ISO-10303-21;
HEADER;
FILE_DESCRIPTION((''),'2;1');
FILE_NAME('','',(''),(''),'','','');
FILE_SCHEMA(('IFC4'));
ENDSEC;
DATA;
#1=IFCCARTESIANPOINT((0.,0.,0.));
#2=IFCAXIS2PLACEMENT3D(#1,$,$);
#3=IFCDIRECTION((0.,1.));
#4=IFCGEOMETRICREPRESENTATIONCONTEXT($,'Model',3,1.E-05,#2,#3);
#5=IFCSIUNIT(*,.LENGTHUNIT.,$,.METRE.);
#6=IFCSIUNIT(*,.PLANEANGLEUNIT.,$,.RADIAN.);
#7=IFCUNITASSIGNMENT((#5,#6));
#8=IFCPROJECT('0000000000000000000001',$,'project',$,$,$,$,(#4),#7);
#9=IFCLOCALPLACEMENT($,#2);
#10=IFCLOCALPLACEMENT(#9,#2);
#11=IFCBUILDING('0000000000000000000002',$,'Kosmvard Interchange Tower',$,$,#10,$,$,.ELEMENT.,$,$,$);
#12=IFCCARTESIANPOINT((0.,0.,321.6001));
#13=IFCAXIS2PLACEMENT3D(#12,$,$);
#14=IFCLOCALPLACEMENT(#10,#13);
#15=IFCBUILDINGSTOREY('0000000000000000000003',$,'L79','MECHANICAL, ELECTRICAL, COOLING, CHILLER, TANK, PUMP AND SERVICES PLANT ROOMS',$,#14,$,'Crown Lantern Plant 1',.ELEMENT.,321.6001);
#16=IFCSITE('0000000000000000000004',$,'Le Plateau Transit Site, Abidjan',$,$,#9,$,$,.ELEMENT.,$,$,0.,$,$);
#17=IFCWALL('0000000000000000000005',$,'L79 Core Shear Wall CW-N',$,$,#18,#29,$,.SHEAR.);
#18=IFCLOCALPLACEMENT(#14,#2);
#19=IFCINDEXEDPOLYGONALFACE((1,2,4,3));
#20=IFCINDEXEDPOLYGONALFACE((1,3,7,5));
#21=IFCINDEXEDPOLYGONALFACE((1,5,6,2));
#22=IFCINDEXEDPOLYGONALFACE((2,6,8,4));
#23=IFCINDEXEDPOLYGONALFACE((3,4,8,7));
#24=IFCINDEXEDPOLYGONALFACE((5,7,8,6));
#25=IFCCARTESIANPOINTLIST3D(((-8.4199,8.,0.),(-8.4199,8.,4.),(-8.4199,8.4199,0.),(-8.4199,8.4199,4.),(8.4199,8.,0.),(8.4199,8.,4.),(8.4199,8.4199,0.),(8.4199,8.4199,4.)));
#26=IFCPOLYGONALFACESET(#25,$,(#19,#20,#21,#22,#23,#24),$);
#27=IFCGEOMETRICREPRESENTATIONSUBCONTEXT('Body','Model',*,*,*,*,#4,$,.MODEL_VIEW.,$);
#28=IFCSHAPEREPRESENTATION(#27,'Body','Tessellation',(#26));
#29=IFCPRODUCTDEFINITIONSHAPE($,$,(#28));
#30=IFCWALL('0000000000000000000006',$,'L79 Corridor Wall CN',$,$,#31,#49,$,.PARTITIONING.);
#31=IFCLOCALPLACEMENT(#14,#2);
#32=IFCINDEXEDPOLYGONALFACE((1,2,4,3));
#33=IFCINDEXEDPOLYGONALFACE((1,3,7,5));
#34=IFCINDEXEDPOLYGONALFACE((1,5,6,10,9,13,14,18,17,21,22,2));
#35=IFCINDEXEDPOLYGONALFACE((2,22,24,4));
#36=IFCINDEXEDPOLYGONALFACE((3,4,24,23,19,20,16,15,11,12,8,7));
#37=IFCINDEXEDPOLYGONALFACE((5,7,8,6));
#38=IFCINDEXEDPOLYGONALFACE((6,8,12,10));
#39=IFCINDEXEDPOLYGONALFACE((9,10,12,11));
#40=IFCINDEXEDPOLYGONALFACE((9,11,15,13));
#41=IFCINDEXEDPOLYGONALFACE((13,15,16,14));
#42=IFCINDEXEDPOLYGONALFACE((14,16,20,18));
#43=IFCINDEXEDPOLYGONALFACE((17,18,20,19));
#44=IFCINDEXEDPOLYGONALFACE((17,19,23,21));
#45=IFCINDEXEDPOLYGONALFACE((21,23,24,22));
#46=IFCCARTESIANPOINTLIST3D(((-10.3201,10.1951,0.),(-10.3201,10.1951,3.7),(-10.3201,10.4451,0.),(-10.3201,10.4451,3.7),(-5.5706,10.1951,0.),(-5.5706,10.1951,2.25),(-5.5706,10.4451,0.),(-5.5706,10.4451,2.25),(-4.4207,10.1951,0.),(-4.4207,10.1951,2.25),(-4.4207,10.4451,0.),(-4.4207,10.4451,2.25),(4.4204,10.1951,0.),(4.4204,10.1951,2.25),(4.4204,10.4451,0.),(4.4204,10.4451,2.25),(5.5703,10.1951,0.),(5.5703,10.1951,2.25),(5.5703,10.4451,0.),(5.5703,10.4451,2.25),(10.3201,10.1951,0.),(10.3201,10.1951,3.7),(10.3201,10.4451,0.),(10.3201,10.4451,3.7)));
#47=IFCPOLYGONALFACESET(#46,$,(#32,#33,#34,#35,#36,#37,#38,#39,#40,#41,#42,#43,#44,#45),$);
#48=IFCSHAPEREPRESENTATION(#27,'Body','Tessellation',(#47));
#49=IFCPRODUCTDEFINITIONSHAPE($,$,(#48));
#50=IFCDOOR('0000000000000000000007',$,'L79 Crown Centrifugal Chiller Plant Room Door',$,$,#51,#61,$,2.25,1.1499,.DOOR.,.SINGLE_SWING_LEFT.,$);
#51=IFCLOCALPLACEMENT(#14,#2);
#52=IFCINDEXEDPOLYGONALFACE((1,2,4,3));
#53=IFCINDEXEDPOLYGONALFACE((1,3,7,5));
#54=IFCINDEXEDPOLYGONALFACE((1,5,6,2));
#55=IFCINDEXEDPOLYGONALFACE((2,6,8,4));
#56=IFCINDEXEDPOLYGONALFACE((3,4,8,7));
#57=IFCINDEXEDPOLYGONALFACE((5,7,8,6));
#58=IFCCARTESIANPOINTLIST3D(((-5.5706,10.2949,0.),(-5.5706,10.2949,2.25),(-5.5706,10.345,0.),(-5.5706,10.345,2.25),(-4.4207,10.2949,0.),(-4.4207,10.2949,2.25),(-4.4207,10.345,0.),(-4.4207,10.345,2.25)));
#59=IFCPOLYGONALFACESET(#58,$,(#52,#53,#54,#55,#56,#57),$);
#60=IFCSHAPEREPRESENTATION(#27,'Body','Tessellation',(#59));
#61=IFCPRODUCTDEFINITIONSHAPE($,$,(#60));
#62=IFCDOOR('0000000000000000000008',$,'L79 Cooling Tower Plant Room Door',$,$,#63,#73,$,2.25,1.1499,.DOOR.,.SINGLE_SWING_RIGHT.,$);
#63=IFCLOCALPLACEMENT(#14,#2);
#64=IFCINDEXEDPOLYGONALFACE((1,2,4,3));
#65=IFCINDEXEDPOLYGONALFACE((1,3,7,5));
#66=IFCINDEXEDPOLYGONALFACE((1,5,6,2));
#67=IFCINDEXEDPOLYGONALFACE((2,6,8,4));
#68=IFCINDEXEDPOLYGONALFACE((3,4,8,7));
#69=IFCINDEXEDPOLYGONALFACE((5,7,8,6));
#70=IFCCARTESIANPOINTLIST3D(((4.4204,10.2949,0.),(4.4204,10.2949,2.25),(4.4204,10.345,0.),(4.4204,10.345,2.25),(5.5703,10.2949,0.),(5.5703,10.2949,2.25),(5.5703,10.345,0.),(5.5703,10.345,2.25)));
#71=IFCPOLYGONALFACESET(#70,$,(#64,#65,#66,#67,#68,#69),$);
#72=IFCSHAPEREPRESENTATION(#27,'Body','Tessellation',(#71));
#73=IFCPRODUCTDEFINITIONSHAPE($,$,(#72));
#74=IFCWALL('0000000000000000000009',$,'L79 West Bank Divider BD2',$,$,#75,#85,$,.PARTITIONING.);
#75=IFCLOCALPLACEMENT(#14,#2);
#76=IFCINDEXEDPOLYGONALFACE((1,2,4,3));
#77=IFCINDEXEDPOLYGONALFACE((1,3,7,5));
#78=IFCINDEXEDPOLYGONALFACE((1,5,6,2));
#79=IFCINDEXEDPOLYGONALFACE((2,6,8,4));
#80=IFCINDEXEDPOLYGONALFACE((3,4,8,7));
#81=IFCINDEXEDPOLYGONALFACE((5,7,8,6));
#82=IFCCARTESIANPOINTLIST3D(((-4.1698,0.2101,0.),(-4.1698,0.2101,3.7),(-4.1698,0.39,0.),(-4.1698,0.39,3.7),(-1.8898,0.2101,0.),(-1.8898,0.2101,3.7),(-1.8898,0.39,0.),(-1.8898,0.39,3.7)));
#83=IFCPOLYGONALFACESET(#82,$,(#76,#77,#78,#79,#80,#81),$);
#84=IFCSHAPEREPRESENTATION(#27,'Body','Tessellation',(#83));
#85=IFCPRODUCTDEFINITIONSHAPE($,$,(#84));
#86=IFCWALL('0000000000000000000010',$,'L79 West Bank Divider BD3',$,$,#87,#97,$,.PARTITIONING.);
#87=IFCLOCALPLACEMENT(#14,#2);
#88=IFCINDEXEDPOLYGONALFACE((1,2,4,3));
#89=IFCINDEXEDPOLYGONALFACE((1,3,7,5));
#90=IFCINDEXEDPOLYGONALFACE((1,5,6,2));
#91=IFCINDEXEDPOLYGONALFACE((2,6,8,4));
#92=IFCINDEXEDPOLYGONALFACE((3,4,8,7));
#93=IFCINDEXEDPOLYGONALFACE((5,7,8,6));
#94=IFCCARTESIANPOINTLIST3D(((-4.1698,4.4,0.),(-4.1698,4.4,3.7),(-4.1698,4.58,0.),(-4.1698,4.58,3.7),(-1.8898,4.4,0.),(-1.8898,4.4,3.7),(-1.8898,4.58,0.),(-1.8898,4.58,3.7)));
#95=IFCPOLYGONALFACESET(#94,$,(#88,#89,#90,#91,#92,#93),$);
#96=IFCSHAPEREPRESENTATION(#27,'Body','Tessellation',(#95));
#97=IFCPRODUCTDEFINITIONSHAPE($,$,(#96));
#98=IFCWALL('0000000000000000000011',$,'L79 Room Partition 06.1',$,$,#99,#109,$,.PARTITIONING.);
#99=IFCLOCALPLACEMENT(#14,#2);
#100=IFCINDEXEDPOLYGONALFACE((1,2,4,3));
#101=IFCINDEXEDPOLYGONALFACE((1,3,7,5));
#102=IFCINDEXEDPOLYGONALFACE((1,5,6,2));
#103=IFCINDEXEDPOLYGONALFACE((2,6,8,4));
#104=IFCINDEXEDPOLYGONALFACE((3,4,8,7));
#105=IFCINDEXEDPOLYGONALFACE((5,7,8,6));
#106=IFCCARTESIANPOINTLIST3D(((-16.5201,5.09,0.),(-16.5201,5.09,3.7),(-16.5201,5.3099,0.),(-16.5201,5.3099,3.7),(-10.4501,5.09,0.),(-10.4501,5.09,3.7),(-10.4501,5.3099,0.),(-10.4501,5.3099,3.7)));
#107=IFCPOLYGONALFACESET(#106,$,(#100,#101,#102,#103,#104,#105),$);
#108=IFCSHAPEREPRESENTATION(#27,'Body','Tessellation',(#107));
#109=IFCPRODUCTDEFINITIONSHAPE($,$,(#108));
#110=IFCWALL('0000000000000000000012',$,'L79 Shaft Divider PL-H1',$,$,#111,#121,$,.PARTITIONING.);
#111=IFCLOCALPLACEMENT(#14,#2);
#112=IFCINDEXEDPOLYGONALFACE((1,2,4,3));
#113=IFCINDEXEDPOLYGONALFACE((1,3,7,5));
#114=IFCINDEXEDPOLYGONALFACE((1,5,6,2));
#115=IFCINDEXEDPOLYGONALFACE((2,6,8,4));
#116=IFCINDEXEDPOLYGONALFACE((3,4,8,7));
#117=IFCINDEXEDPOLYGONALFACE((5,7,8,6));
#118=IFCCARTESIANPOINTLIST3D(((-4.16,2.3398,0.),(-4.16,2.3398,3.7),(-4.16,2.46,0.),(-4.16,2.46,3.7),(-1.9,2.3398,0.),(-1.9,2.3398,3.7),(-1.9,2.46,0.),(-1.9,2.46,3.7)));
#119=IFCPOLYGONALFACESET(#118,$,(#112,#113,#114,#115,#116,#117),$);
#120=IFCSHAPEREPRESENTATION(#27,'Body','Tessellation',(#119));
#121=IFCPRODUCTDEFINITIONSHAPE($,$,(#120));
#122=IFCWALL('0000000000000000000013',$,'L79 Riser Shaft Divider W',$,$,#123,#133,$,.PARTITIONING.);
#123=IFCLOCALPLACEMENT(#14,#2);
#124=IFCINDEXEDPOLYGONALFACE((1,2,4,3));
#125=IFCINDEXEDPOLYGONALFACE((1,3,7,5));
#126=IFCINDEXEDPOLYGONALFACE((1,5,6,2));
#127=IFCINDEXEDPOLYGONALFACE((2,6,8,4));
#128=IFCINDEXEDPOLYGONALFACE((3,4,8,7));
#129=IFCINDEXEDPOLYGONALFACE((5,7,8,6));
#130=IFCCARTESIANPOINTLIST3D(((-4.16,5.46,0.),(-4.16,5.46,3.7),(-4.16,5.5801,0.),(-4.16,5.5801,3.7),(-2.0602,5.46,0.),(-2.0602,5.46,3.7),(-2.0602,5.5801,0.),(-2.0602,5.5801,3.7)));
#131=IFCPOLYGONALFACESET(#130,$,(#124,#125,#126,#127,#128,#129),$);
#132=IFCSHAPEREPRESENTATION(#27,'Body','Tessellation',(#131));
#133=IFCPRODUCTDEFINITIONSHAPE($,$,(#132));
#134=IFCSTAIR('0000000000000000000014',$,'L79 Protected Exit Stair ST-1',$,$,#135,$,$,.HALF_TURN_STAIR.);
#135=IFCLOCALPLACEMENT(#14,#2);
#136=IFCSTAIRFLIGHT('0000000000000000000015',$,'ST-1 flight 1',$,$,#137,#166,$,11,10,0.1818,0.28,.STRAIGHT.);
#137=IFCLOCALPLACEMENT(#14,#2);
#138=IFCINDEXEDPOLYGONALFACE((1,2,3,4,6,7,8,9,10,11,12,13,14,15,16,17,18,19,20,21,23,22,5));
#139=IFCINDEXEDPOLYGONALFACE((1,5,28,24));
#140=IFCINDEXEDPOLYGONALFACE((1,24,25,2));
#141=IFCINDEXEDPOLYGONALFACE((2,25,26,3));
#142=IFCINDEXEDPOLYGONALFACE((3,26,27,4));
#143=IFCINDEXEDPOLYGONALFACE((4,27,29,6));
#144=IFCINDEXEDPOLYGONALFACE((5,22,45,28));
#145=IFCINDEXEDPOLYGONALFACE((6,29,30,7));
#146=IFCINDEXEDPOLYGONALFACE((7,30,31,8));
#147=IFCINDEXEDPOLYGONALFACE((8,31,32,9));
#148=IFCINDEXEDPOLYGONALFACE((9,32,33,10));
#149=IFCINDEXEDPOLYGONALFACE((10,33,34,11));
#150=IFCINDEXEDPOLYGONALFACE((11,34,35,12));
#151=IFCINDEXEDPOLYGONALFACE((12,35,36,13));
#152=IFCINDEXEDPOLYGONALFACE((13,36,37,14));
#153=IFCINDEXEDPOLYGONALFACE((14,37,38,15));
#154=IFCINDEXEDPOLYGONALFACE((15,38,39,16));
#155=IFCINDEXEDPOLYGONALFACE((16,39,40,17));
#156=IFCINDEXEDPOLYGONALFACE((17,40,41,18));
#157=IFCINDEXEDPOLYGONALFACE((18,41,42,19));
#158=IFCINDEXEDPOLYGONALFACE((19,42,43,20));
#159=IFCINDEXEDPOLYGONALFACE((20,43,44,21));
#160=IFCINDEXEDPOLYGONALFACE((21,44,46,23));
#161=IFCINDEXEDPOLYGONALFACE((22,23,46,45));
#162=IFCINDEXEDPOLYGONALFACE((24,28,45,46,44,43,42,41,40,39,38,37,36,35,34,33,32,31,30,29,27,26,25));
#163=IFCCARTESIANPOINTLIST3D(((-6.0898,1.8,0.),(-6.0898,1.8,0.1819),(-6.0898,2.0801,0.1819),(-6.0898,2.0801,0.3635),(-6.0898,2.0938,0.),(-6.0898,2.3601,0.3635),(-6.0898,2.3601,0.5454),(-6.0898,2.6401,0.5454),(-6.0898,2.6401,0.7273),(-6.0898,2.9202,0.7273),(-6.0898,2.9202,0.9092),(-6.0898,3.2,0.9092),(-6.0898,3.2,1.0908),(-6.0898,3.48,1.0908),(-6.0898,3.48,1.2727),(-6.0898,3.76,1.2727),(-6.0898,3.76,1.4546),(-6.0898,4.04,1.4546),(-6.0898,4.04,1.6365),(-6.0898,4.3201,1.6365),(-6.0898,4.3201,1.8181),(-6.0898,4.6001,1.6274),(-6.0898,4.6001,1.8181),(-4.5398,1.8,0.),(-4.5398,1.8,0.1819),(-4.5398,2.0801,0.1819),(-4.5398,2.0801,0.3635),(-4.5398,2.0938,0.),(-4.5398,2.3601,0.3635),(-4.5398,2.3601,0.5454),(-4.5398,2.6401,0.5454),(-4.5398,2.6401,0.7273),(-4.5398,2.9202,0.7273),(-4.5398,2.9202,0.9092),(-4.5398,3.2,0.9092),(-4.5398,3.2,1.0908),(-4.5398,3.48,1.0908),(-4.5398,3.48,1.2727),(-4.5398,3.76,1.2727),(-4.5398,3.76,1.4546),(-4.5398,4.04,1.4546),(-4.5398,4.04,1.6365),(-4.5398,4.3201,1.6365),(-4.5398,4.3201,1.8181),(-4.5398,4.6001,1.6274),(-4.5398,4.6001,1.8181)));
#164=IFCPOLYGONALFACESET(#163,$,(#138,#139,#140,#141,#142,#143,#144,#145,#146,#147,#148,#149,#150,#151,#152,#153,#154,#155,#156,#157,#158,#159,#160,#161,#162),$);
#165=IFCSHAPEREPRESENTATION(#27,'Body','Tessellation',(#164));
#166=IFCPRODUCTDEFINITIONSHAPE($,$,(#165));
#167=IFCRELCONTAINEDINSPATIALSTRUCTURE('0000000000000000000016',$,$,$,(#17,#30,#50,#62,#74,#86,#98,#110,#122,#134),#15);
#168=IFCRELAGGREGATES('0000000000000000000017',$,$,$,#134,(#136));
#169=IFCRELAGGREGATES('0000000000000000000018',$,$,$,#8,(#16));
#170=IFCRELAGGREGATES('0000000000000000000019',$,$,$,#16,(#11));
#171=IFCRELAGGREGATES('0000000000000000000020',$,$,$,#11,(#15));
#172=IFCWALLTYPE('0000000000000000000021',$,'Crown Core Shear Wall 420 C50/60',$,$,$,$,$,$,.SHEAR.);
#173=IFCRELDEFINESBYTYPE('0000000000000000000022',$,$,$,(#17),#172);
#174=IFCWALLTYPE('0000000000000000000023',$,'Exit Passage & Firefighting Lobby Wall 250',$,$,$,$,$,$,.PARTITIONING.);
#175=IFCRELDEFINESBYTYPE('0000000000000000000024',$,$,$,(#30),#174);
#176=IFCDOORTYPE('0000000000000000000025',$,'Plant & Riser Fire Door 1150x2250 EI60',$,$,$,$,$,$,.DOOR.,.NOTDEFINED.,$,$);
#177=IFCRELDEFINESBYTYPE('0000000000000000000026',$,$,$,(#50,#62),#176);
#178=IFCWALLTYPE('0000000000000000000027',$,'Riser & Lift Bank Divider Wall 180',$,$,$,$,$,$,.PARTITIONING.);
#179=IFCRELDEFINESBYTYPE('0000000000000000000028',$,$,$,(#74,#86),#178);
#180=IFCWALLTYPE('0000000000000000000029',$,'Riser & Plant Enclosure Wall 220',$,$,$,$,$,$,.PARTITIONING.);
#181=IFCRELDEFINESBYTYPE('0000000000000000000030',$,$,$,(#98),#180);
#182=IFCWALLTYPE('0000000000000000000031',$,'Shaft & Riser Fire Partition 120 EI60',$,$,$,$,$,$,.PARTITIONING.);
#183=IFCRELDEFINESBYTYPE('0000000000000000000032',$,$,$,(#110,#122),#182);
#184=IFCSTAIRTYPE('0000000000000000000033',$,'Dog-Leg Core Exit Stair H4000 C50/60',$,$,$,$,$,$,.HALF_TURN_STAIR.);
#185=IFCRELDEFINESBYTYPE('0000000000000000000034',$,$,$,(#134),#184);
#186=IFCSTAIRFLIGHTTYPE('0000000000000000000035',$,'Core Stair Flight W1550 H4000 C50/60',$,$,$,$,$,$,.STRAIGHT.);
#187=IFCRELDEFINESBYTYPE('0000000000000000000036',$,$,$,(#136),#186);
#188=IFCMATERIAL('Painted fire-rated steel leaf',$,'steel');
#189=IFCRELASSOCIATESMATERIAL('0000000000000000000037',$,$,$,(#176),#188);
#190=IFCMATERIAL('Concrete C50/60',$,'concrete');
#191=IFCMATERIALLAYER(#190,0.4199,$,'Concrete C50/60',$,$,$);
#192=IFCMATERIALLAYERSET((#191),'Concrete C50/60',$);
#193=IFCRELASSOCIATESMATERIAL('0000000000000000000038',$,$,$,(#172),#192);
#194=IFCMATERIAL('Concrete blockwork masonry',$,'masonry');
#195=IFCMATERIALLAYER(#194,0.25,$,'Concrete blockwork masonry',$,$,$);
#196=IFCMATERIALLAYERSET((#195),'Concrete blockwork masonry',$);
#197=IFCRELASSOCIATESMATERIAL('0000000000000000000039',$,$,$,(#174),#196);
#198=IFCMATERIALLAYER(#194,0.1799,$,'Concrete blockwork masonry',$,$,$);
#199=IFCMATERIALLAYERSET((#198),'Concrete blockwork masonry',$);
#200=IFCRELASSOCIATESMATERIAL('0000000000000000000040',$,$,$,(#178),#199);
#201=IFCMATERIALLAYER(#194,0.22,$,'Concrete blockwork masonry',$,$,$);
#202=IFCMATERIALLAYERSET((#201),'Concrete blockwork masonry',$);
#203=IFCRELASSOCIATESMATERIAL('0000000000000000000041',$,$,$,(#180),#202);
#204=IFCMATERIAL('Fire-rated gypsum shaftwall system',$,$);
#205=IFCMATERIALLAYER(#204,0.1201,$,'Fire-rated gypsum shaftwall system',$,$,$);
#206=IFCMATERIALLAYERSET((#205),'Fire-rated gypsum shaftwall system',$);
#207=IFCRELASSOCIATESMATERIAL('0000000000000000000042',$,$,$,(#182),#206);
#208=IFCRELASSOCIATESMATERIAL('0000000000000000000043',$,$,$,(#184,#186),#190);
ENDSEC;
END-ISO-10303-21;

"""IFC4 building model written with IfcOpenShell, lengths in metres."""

from ifc_helpers import new_model, si_unit, direction, frame, frame_2d, origin, place, context, subcontext, project, spatial, polyline, rectangle, outline, extrude, source, transform, mapped, material, layer, layer_set, type_object, element, fill, aggregate, save


model = new_model("IFC4")

# Units and contexts
model_context = context("Model", 3, precision=1e-05, world=origin(), true_north=direction((0.0, 1.0)))
body_context = subcontext(model_context, "Body", "Model", "MODEL_VIEW")
ifc_project = project(units=[si_unit("LENGTHUNIT", "METRE"), si_unit("PLANEANGLEUNIT", "RADIAN")], contexts=[model_context])

# Site, building, storey
site_placement = place(None, origin())
site = spatial("IfcSite", under=ifc_project, at=site_placement, Name="Le Plateau Transit Site, Abidjan", CompositionType="ELEMENT", RefElevation=0.0)
building_placement = place(site_placement, origin())
building = spatial("IfcBuilding", under=site, at=building_placement, Name="Kosmvard Interchange Tower", CompositionType="ELEMENT")
storey_placement = place(building_placement, frame((0.0, 0.0, 321.6001)))
storey = spatial("IfcBuildingStorey", under=building, at=storey_placement, Name="L79", Description="MECHANICAL, ELECTRICAL, COOLING, CHILLER, TANK, PUMP AND SERVICES PLANT ROOMS", LongName="Crown Lantern Plant 1", CompositionType="ELEMENT", Elevation=321.6001)

# Shared definitions
ifc_material_1 = material(Name="Concrete C50/60", Category="concrete")

# Shared definitions
ifc_material_2 = material(Name="Painted fire-rated steel leaf", Category="steel")
door_type = type_object("IfcDoorType", Name="Plant & Riser Fire Door 1150x2250 EI60", OperationType="NOTDEFINED", PredefinedType="DOOR", material=ifc_material_2)
shared_shape_1 = source(origin(), body_context, "Body", "SweptSolid", [
    extrude(rectangle(XDim=1.1499, YDim=2.25, at=frame_2d((0.575, 1.125))), frame((0.0, 0.0249, 0.0), z_axis=(0.0, -1.0, 0.0), x_axis=(1.0, 0.0, 0.0)), (0.0, 0.0, 1.0), 0.05),
])

# Wall
ifc_layer_1 = layer(ifc_material_1, 0.4199, Name="Concrete C50/60")
ifc_layer_set_1 = layer_set([ifc_layer_1], Name="Concrete C50/60")
wall_type_1 = type_object("IfcWallType", Name="Crown Core Shear Wall 420 C50/60", PredefinedType="SHEAR", material=ifc_layer_set_1)
wall_1_placement = place(storey_placement, frame((-8.4199, 8.21, 0.0), z_axis=(0.0, 0.0, 1.0), x_axis=(1.0, 0.0, 0.0)))
element("IfcWall", 1, at=wall_1_placement, inside=storey, type_object=wall_type_1, Name="L79 Core Shear Wall CW-N", PredefinedType="SHEAR", context=body_context, shape_type="SweptSolid", body=[
    extrude(rectangle(XDim=16.8398, YDim=0.4199, at=frame_2d((8.4199, 0.0))), origin(), (0.0, 0.0, 1.0), 4.0),
])

# Wall, openings, doors
ifc_material_3 = material(Name="Concrete blockwork masonry", Category="masonry")
ifc_layer_2 = layer(ifc_material_3, 0.25, Name="Concrete blockwork masonry")
ifc_layer_set_2 = layer_set([ifc_layer_2], Name="Concrete blockwork masonry")
wall_type_2 = type_object("IfcWallType", Name="Exit Passage & Firefighting Lobby Wall 250", PredefinedType="PARTITIONING", material=ifc_layer_set_2)
wall_2_placement = place(storey_placement, frame((-10.3201, 10.3201, 0.0), z_axis=(0.0, 0.0, 1.0), x_axis=(1.0, 0.0, 0.0)))
wall_2 = element("IfcWall", 2, at=wall_2_placement, inside=storey, type_object=wall_type_2, Name="L79 Corridor Wall CN", PredefinedType="PARTITIONING", context=body_context, shape_type="SweptSolid", body=[
    extrude(rectangle(XDim=20.6401, YDim=0.25, at=frame_2d((10.3201, 0.0))), origin(), (0.0, 0.0, 1.0), 3.7),
])
opening_1_placement = place(wall_2_placement, frame((4.7495, 0.0, 0.0)))
opening_1 = element("IfcOpeningElement", 3, at=opening_1_placement, cuts=wall_2, PredefinedType="OPENING", context=body_context, shape_type="SweptSolid", body=[
    extrude(rectangle(XDim=1.1499, YDim=2.25, at=frame_2d((0.575, 1.125))), frame((0.0, 0.135, 0.0), z_axis=(0.0, -1.0, 0.0), x_axis=(1.0, 0.0, 0.0)), (0.0, 0.0, 1.0), 0.27),
])
opening_2_placement = place(wall_2_placement, frame((14.7405, 0.0, 0.0)))
opening_2 = element("IfcOpeningElement", 4, at=opening_2_placement, cuts=wall_2, PredefinedType="OPENING", context=body_context, shape_type="SweptSolid", body=[
    extrude(rectangle(XDim=1.1499, YDim=2.25, at=frame_2d((0.575, 1.125))), frame((0.0, 0.135, 0.0), z_axis=(0.0, -1.0, 0.0), x_axis=(1.0, 0.0, 0.0)), (0.0, 0.0, 1.0), 0.27),
])
door_1_placement = place(opening_1_placement, origin())
door_1 = element("IfcDoor", 5, at=door_1_placement, inside=storey, type_object=door_type, Name="L79 Crown Centrifugal Chiller Plant Room Door", OperationType="SINGLE_SWING_LEFT", OverallHeight=2.25, OverallWidth=1.1499, PredefinedType="DOOR", context=body_context, shape_type="MappedRepresentation", body=[
    mapped(shared_shape_1, transform((0.0, 0.0, 0.0), scale=1.0)),
])
fill(opening_1, door_1)
door_2_placement = place(opening_2_placement, origin())
door_2 = element("IfcDoor", 6, at=door_2_placement, inside=storey, type_object=door_type, Name="L79 Cooling Tower Plant Room Door", OperationType="SINGLE_SWING_RIGHT", OverallHeight=2.25, OverallWidth=1.1499, PredefinedType="DOOR", context=body_context, shape_type="MappedRepresentation", body=[
    mapped(shared_shape_1, transform((0.0, 0.0, 0.0), scale=1.0)),
])
fill(opening_2, door_2)

# Walls
ifc_layer_3 = layer(ifc_material_3, 0.1799, Name="Concrete blockwork masonry")
ifc_layer_set_3 = layer_set([ifc_layer_3], Name="Concrete blockwork masonry")
wall_type_3 = type_object("IfcWallType", Name="Riser & Lift Bank Divider Wall 180", PredefinedType="PARTITIONING", material=ifc_layer_set_3)
for number, where, z_axis, x_axis, name in (
    (7, (-4.1699, 0.3, 0.0), (0.0, 0.0, 1.0), (1.0, 0.0, 0.0), "L79 West Bank Divider BD2"),
    (8, (-4.1699, 4.49, 0.0), (0.0, 0.0, 1.0), (1.0, 0.0, 0.0), "L79 West Bank Divider BD3"),
):
    element("IfcWall", number, at=place(storey_placement, frame(where, z_axis=z_axis, x_axis=x_axis)), inside=storey, type_object=wall_type_3, Name=name, PredefinedType="PARTITIONING", context=body_context, shape_type="SweptSolid", body=[
        extrude(rectangle(XDim=2.28, YDim=0.1799, at=frame_2d((1.1401, 0.0))), origin(), (0.0, 0.0, 1.0), 3.7),
    ])
ifc_layer_4 = layer(ifc_material_3, 0.22, Name="Concrete blockwork masonry")
ifc_layer_set_4 = layer_set([ifc_layer_4], Name="Concrete blockwork masonry")
wall_type_4 = type_object("IfcWallType", Name="Riser & Plant Enclosure Wall 220", PredefinedType="PARTITIONING", material=ifc_layer_set_4)
wall_3_placement = place(storey_placement, frame((-10.45, 5.2, 0.0), z_axis=(0.0, 0.0, 1.0), x_axis=(-1.0, 0.0, 0.0)))
element("IfcWall", 9, at=wall_3_placement, inside=storey, type_object=wall_type_4, Name="L79 Room Partition 06.1", PredefinedType="PARTITIONING", context=body_context, shape_type="SweptSolid", body=[
    extrude(rectangle(XDim=6.0701, YDim=0.22, at=frame_2d((3.0352, 0.0))), origin(), (0.0, 0.0, 1.0), 3.7),
])
ifc_material_4 = material(Name="Fire-rated gypsum shaftwall system")
ifc_layer_5 = layer(ifc_material_4, 0.1201, Name="Fire-rated gypsum shaftwall system")
ifc_layer_set_5 = layer_set([ifc_layer_5], Name="Fire-rated gypsum shaftwall system")
wall_type_5 = type_object("IfcWallType", Name="Shaft & Riser Fire Partition 120 EI60", PredefinedType="PARTITIONING", material=ifc_layer_set_5)
wall_4_placement = place(storey_placement, frame((-4.1599, 2.3999, 0.0), z_axis=(0.0, 0.0, 1.0), x_axis=(1.0, 0.0, 0.0)))
element("IfcWall", 10, at=wall_4_placement, inside=storey, type_object=wall_type_5, Name="L79 Shaft Divider PL-H1", PredefinedType="PARTITIONING", context=body_context, shape_type="SweptSolid", body=[
    extrude(rectangle(XDim=2.26, YDim=0.1201, at=frame_2d((1.1299, 0.0))), origin(), (0.0, 0.0, 1.0), 3.7),
])
wall_5_placement = place(storey_placement, frame((-4.1599, 5.52, 0.0), z_axis=(0.0, 0.0, 1.0), x_axis=(1.0, 0.0, 0.0)))
element("IfcWall", 11, at=wall_5_placement, inside=storey, type_object=wall_type_5, Name="L79 Riser Shaft Divider W", PredefinedType="PARTITIONING", context=body_context, shape_type="SweptSolid", body=[
    extrude(rectangle(XDim=2.0999, YDim=0.1201, at=frame_2d((1.0498, 0.0))), origin(), (0.0, 0.0, 1.0), 3.7),
])

# Stair, stair flight
stair_type = type_object("IfcStairType", Name="Dog-Leg Core Exit Stair H4000 C50/60", PredefinedType="HALF_TURN_STAIR", material=ifc_material_1)
stair_placement = place(storey_placement, origin())
stair = element("IfcStair", 12, at=stair_placement, inside=storey, type_object=stair_type, Name="L79 Protected Exit Stair ST-1", PredefinedType="HALF_TURN_STAIR")
stair_flight_type = type_object("IfcStairFlightType", Name="Core Stair Flight W1550 H4000 C50/60", PredefinedType="STRAIGHT", material=ifc_material_1)
shared_shape_2 = source(origin(), body_context, "Body", "SweptSolid", [
    extrude(outline(polyline([(0.0, 0.0), (0.0, 0.1819), (0.28, 0.1819), (0.28, 0.3635), (0.5601, 0.3635), (0.5601, 0.5454), (0.8401, 0.5454), (0.8401, 0.7273), (1.1201, 0.7273), (1.1201, 0.9092), (1.3999, 0.9092), (1.3999, 1.0908), (1.6799, 1.0908), (1.6799, 1.2727), (1.96, 1.2727), (1.96, 1.4546), (2.24, 1.4546), (2.24, 1.6365), (2.52, 1.6365), (2.52, 1.8181), (2.8, 1.8181), (2.8, 2.0), (2.8, 1.6274), (0.2937, 0.0), (0.0, 0.0)])), frame((0.0, 0.7749, 0.0), z_axis=(0.0, -1.0, 0.0), x_axis=(1.0, 0.0, 0.0)), (0.0, 0.0, 1.0), 1.55),
])
stair_flight_1_placement = place(storey_placement, frame((-5.3149, 1.8, 0.0), z_axis=(0.0, 0.0, 1.0), x_axis=(0.0, 1.0, 0.0)))
stair_flight_1 = element("IfcStairFlight", 13, at=stair_flight_1_placement, type_object=stair_flight_type, Name="ST-1 flight 1", NumberOfRisers=11, NumberOfTreads=10, PredefinedType="STRAIGHT", RiserHeight=0.1818, TreadLength=0.28, context=body_context, shape_type="MappedRepresentation", body=[
    mapped(shared_shape_2, transform((0.0, 0.0, 0.0), scale=1.0)),
])
aggregate(stair, [stair_flight_1])

save(model, "model.ifc")
